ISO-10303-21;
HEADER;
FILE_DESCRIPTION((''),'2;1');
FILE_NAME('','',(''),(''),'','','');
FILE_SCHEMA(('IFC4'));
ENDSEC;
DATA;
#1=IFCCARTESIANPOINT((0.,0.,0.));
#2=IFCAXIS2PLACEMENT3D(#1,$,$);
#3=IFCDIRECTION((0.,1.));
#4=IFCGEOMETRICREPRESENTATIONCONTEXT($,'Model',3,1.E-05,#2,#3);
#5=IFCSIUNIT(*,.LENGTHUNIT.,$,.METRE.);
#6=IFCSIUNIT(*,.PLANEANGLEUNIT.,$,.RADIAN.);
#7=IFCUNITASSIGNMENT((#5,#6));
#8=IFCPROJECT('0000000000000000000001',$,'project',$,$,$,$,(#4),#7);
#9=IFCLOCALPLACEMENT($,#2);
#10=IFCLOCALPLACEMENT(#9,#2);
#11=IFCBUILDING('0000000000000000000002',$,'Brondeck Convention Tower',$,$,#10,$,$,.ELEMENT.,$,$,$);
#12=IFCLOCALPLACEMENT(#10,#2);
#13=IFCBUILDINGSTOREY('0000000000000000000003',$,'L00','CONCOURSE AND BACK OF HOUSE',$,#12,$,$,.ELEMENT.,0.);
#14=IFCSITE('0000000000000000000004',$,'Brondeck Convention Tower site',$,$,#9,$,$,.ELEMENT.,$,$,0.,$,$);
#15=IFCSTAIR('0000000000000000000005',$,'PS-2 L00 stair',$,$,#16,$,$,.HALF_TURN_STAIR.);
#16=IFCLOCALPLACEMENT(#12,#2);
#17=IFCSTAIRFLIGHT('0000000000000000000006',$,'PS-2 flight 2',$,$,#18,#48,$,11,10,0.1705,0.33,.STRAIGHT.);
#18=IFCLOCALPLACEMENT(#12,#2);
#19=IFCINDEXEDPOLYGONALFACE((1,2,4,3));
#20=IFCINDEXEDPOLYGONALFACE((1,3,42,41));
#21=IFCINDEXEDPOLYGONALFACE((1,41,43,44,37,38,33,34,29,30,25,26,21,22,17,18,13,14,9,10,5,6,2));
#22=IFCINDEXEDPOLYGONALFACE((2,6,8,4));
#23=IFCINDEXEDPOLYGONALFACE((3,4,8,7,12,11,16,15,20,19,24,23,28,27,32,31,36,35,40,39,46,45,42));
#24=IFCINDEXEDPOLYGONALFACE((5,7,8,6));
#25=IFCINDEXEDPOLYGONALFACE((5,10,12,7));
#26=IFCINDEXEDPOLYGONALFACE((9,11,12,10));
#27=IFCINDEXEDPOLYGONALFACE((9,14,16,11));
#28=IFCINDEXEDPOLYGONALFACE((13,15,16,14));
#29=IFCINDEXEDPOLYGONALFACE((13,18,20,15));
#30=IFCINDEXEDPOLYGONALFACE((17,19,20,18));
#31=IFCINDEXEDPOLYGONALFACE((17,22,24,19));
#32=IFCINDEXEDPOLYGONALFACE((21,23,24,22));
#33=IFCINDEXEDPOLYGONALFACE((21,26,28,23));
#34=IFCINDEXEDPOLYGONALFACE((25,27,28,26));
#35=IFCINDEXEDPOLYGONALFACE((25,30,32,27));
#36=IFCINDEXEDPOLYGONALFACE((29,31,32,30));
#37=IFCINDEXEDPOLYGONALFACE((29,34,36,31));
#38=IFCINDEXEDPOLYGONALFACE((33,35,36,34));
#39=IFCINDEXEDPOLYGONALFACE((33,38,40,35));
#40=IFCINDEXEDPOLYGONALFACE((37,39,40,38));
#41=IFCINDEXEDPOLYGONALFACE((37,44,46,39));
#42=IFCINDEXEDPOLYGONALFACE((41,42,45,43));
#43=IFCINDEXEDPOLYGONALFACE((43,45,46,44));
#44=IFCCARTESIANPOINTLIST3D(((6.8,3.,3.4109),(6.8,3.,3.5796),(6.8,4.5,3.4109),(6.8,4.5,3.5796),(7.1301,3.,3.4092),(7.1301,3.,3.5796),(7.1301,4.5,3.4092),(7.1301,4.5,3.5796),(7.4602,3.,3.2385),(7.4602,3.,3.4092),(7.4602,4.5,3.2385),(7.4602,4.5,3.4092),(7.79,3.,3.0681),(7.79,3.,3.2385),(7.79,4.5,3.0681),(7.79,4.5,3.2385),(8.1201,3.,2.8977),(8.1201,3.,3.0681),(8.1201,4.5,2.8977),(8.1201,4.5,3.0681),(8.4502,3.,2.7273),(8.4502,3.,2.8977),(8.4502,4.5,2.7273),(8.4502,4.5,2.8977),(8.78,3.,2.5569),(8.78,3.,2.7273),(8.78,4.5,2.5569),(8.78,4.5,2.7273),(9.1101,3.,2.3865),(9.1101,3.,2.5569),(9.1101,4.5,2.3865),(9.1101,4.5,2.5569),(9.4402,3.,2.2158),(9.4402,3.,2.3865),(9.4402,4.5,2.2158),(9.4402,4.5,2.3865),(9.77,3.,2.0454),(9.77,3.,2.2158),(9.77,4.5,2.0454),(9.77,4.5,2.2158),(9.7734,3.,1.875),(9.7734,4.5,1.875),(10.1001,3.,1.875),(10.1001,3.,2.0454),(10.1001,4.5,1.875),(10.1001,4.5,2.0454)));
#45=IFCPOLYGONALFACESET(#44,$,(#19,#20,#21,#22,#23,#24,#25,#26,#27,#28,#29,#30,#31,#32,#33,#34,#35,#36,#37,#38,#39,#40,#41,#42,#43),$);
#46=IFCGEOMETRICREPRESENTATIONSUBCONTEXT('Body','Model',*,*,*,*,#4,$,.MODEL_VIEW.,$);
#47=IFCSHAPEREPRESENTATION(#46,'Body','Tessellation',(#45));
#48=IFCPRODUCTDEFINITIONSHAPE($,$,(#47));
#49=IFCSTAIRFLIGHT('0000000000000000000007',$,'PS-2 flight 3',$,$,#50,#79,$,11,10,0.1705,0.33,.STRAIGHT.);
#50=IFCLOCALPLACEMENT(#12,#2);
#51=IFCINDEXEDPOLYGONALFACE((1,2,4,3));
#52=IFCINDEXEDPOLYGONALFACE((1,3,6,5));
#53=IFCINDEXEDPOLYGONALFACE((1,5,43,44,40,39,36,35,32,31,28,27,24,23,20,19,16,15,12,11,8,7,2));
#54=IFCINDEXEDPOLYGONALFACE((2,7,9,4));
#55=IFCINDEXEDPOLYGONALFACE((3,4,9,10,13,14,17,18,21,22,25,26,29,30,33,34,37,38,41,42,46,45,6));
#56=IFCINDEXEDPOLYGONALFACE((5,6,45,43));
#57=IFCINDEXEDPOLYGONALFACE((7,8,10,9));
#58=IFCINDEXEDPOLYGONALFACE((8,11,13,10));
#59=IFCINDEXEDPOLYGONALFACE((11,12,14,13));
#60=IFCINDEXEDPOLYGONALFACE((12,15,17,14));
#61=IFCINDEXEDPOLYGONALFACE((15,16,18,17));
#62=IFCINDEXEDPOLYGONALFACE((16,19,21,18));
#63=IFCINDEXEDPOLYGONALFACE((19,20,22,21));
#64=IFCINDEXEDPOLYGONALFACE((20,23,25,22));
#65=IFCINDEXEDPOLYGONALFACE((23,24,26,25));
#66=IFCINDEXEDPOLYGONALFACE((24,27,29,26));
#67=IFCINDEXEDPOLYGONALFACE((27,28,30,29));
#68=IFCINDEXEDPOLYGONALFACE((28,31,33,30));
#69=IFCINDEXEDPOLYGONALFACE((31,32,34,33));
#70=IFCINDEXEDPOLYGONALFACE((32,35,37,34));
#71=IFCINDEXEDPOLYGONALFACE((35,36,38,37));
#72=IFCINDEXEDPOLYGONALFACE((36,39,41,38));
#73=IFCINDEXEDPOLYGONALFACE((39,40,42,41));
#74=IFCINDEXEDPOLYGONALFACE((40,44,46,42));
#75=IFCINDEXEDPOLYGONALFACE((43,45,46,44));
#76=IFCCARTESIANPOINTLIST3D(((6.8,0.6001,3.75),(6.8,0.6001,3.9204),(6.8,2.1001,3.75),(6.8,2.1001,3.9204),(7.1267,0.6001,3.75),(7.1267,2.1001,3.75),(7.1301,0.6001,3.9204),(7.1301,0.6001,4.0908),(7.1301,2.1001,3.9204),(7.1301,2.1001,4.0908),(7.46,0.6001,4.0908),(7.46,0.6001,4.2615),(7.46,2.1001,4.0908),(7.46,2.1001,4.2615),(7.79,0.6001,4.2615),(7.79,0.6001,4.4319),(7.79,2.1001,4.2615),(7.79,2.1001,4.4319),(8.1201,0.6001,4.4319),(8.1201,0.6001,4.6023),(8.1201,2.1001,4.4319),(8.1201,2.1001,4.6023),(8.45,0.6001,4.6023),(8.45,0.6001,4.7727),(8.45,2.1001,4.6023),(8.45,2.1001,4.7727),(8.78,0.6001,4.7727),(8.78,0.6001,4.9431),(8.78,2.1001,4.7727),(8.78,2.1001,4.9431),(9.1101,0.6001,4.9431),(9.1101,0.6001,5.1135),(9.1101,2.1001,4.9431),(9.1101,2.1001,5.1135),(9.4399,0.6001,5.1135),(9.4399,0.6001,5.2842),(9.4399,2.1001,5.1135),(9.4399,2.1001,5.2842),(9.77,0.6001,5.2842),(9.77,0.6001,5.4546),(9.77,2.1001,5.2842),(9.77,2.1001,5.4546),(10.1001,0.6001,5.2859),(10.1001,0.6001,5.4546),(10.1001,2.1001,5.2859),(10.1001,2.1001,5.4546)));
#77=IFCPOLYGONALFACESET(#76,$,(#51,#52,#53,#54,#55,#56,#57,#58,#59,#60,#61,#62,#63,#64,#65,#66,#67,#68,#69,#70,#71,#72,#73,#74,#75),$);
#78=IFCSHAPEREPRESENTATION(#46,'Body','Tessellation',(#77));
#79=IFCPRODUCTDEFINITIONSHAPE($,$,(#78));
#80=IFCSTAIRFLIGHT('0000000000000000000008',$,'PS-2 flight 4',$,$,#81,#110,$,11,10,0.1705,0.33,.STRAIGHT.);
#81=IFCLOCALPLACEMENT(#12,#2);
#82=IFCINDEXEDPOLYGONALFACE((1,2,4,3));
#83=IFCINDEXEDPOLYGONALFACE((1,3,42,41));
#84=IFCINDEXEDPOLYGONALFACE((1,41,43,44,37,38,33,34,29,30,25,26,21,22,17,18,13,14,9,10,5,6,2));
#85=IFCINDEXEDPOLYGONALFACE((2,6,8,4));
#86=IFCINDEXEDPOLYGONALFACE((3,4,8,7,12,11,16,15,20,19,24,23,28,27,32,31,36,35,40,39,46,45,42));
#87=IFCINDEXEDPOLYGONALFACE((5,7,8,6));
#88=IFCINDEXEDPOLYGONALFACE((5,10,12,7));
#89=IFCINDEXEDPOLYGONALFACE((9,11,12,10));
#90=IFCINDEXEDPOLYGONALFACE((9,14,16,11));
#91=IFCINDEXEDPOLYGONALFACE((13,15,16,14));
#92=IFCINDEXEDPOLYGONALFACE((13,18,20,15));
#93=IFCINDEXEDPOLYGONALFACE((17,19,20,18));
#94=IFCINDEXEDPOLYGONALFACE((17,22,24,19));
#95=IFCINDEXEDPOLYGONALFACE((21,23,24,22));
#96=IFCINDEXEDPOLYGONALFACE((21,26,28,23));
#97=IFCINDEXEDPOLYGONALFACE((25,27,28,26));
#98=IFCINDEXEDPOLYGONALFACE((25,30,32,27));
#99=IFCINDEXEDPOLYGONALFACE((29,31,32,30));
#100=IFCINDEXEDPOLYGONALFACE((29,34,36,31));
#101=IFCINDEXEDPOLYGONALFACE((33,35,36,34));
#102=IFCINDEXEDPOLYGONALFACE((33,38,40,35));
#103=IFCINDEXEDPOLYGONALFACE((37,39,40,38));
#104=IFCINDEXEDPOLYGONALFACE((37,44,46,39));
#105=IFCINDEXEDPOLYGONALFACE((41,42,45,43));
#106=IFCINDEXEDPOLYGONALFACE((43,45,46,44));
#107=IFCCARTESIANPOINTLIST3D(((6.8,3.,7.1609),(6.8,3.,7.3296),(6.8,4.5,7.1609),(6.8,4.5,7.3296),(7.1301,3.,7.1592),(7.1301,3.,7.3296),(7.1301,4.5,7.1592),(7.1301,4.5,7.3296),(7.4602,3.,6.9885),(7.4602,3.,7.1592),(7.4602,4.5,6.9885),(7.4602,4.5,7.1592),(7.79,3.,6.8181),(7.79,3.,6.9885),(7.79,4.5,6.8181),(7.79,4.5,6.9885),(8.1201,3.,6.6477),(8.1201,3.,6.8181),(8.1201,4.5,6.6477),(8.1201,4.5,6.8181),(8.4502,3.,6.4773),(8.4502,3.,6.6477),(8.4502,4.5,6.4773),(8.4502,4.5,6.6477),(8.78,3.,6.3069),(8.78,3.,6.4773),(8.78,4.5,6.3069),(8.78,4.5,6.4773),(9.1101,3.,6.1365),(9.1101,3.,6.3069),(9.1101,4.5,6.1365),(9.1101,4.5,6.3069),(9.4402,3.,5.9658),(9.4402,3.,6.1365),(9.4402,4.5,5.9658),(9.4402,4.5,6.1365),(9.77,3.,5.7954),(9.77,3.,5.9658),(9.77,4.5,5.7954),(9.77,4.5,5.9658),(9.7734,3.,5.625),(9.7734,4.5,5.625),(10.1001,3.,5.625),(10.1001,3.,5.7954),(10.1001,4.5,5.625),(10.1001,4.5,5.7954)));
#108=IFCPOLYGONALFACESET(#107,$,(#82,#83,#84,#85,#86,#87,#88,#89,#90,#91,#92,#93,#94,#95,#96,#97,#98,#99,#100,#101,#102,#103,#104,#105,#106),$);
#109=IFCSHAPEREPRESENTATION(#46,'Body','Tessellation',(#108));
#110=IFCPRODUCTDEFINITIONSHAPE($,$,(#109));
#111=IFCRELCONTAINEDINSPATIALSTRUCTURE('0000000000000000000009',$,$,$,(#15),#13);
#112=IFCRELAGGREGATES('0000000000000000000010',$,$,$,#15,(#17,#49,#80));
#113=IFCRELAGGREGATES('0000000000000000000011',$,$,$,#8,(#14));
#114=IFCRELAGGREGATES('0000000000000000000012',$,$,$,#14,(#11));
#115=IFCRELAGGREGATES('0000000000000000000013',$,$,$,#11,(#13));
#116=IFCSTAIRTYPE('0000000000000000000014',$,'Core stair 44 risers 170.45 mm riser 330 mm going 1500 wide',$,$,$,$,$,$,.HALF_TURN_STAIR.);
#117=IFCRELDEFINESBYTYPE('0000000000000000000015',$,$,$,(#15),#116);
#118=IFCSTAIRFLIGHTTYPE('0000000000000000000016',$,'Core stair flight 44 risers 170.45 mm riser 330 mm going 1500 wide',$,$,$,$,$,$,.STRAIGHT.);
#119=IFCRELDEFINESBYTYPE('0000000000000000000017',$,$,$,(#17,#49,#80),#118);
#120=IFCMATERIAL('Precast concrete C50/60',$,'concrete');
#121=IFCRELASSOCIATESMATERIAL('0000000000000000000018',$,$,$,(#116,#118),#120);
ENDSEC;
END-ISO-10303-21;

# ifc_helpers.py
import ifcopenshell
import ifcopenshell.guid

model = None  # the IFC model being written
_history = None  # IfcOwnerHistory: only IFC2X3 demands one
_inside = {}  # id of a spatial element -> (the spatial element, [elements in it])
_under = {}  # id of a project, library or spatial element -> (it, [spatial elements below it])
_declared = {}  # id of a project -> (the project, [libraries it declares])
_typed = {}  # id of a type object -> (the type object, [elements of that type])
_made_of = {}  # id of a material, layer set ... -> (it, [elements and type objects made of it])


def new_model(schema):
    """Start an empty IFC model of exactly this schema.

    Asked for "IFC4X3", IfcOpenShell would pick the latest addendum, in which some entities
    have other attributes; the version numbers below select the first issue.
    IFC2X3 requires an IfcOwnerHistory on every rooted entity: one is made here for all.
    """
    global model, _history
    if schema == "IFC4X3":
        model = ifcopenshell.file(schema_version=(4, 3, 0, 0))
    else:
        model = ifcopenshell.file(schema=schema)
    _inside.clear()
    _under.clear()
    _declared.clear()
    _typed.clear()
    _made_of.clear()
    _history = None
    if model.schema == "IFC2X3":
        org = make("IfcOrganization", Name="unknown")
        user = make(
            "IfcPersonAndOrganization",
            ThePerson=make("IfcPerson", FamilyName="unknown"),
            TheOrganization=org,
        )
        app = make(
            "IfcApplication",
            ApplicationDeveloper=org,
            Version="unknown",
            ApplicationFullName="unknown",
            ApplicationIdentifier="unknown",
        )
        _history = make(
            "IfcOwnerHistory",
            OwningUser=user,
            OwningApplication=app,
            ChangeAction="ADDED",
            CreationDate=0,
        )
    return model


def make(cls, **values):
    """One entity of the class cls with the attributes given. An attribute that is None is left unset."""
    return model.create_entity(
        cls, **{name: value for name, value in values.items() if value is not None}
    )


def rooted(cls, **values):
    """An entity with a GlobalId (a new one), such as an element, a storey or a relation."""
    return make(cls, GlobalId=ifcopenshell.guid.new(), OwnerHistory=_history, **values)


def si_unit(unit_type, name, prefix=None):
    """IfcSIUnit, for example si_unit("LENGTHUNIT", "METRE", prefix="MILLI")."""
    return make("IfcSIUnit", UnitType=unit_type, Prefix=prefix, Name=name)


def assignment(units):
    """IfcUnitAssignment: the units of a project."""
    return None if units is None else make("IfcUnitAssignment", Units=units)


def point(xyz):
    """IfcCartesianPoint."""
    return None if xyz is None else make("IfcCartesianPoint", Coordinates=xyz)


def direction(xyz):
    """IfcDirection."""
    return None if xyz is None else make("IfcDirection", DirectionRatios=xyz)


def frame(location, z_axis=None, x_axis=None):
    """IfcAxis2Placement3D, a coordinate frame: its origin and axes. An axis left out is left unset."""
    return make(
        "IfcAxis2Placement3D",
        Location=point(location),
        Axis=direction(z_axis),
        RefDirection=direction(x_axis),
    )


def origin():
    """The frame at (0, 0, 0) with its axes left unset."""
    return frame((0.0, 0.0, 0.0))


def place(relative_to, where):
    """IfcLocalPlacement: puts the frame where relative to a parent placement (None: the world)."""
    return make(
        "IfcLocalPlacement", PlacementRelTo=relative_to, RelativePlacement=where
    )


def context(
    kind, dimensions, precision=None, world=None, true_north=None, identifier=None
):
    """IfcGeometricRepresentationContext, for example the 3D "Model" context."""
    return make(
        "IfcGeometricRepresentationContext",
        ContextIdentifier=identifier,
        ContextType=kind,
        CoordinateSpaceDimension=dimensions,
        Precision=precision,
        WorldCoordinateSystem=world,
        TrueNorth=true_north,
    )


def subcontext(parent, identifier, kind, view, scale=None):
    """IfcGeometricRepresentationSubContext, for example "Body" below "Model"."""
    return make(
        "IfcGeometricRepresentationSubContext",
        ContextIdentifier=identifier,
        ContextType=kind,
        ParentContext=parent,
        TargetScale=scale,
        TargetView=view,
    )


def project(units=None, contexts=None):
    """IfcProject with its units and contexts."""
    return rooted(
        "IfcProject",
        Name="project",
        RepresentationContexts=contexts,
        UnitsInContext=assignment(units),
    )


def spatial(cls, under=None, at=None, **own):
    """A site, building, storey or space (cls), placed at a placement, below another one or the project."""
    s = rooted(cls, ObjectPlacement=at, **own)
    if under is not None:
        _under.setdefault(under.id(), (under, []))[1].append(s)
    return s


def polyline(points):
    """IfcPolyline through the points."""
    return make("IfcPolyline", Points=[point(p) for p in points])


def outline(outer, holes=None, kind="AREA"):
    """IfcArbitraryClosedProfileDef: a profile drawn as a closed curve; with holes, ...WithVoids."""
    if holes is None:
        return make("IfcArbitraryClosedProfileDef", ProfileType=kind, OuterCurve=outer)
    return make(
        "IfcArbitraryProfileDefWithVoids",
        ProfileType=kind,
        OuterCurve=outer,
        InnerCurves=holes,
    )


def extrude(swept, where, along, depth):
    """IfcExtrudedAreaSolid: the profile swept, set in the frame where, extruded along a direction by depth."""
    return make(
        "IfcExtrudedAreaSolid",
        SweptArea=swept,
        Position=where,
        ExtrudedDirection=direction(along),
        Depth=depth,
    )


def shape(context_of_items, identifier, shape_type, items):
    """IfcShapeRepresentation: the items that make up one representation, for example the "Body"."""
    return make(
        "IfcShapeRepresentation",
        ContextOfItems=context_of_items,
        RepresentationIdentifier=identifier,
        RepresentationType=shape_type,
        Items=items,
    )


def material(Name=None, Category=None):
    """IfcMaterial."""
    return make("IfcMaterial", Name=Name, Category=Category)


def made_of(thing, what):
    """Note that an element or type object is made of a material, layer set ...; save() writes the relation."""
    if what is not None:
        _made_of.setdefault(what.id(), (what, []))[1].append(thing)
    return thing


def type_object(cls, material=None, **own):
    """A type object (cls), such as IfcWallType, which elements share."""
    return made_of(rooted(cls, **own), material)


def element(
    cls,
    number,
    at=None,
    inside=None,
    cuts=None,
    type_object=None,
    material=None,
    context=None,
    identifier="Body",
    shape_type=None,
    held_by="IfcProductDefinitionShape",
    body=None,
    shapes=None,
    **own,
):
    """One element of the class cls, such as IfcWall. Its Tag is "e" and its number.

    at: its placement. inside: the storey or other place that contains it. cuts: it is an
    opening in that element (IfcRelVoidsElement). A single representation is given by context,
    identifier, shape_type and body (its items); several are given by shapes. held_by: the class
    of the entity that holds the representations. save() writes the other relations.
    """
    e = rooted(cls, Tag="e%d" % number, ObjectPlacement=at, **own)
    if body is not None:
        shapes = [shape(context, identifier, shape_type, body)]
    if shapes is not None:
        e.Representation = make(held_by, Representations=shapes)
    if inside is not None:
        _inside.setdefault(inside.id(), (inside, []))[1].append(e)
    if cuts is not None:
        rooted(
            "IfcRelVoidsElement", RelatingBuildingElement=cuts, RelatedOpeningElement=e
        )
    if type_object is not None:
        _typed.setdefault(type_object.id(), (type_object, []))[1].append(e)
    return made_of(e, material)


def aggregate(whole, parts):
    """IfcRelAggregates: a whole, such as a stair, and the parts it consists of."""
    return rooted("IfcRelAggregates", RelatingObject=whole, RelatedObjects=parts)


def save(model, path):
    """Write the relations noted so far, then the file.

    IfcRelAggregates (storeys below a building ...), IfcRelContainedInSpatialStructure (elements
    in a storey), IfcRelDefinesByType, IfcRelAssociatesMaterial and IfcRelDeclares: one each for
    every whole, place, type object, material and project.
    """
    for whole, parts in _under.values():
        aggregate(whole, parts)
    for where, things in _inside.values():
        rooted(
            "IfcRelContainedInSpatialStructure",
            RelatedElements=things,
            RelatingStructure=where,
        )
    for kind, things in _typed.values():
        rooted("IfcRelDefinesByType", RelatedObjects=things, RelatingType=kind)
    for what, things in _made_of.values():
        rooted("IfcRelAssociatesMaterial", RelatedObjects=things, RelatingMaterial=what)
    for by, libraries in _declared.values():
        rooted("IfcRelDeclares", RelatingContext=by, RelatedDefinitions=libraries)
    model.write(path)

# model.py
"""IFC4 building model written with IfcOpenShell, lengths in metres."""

from ifc_helpers import new_model, si_unit, direction, frame, origin, place, context, subcontext, project, spatial, polyline, outline, extrude, material, type_object, element, aggregate, save


model = new_model("IFC4")

# Units and contexts
model_context = context("Model", 3, precision=1e-05, world=origin(), true_north=direction((0.0, 1.0)))
body_context = subcontext(model_context, "Body", "Model", "MODEL_VIEW")
ifc_project = project(units=[si_unit("LENGTHUNIT", "METRE"), si_unit("PLANEANGLEUNIT", "RADIAN")], contexts=[model_context])

# Site, building, storey
site_placement = place(None, origin())
site = spatial("IfcSite", under=ifc_project, at=site_placement, Name="Brondeck Convention Tower site", CompositionType="ELEMENT", RefElevation=0.0)
building_placement = place(site_placement, origin())
building = spatial("IfcBuilding", under=site, at=building_placement, Name="Brondeck Convention Tower", CompositionType="ELEMENT")
storey_placement = place(building_placement, origin())
storey = spatial("IfcBuildingStorey", under=building, at=storey_placement, Name="L00", Description="CONCOURSE AND BACK OF HOUSE", CompositionType="ELEMENT", Elevation=0.0)

# Stair, stair flights
ifc_material_1 = material(Name="Precast concrete C50/60", Category="concrete")
stair_type = type_object("IfcStairType", Name="Core stair 44 risers 170.45 mm riser 330 mm going 1500 wide", PredefinedType="HALF_TURN_STAIR", material=ifc_material_1)
stair_placement = place(storey_placement, origin())
stair = element("IfcStair", 1, at=stair_placement, inside=storey, type_object=stair_type, Name="PS-2 L00 stair", PredefinedType="HALF_TURN_STAIR")
stair_flight_type = type_object("IfcStairFlightType", Name="Core stair flight 44 risers 170.45 mm riser 330 mm going 1500 wide", PredefinedType="STRAIGHT", material=ifc_material_1)
stair_flight_1_placement = place(storey_placement, frame((10.1001, 3.75, 1.875), z_axis=(0.0, 0.0, 1.0), x_axis=(-1.0, 0.0, 0.0)))
stair_flight_1 = element("IfcStairFlight", 2, at=stair_flight_1_placement, type_object=stair_flight_type, Name="PS-2 flight 2", NumberOfRisers=11, NumberOfTreads=10, PredefinedType="STRAIGHT", RiserHeight=0.1705, TreadLength=0.33, context=body_context, shape_type="SweptSolid", body=[
    extrude(outline(polyline([(0.0, 0.0), (0.0, 0.1704), (0.3301, 0.1704), (0.3301, 0.3408), (0.6599, 0.3408), (0.6599, 0.5115), (0.99, 0.5115), (0.99, 0.6819), (1.3201, 0.6819), (1.3201, 0.8523), (1.6499, 0.8523), (1.6499, 1.0227), (1.98, 1.0227), (1.98, 1.1931), (2.3101, 1.1931), (2.3101, 1.3635), (2.6399, 1.3635), (2.6399, 1.5342), (2.97, 1.5342), (2.97, 1.7046), (3.3, 1.7046), (3.3, 1.875), (3.3, 1.5359), (0.3267, 0.0), (0.0, 0.0)])), frame((0.0, 0.75, 0.0), z_axis=(0.0, -1.0, 0.0), x_axis=(1.0, 0.0, 0.0)), (0.0, 0.0, 1.0), 1.5),
])
stair_flight_2_placement = place(storey_placement, frame((6.8, 1.3501, 3.75), z_axis=(0.0, 0.0, 1.0), x_axis=(1.0, 0.0, 0.0)))
stair_flight_2 = element("IfcStairFlight", 3, at=stair_flight_2_placement, type_object=stair_flight_type, Name="PS-2 flight 3", NumberOfRisers=11, NumberOfTreads=10, PredefinedType="STRAIGHT", RiserHeight=0.1705, TreadLength=0.33, context=body_context, shape_type="SweptSolid", body=[
    extrude(outline(polyline([(0.0, 0.0), (0.0, 0.1704), (0.3301, 0.1704), (0.3301, 0.3408), (0.6599, 0.3408), (0.6599, 0.5115), (0.99, 0.5115), (0.99, 0.6819), (1.3201, 0.6819), (1.3201, 0.8523), (1.6499, 0.8523), (1.6499, 1.0227), (1.98, 1.0227), (1.98, 1.1931), (2.3101, 1.1931), (2.3101, 1.3635), (2.6399, 1.3635), (2.6399, 1.5342), (2.97, 1.5342), (2.97, 1.7046), (3.3, 1.7046), (3.3, 1.875), (3.3, 1.5359), (0.3267, 0.0), (0.0, 0.0)])), frame((0.0, 0.75, 0.0), z_axis=(0.0, -1.0, 0.0), x_axis=(1.0, 0.0, 0.0)), (0.0, 0.0, 1.0), 1.5),
])
stair_flight_3_placement = place(storey_placement, frame((10.1001, 3.75, 5.625), z_axis=(0.0, 0.0, 1.0), x_axis=(-1.0, 0.0, 0.0)))
stair_flight_3 = element("IfcStairFlight", 4, at=stair_flight_3_placement, type_object=stair_flight_type, Name="PS-2 flight 4", NumberOfRisers=11, NumberOfTreads=10, PredefinedType="STRAIGHT", RiserHeight=0.1705, TreadLength=0.33, context=body_context, shape_type="SweptSolid", body=[
    extrude(outline(polyline([(0.0, 0.0), (0.0, 0.1704), (0.3301, 0.1704), (0.3301, 0.3408), (0.6599, 0.3408), (0.6599, 0.5115), (0.99, 0.5115), (0.99, 0.6819), (1.3201, 0.6819), (1.3201, 0.8523), (1.6499, 0.8523), (1.6499, 1.0227), (1.98, 1.0227), (1.98, 1.1931), (2.3101, 1.1931), (2.3101, 1.3635), (2.6399, 1.3635), (2.6399, 1.5342), (2.97, 1.5342), (2.97, 1.7046), (3.3, 1.7046), (3.3, 1.875), (3.3, 1.5359), (0.3267, 0.0), (0.0, 0.0)])), frame((0.0, 0.75, 0.0), z_axis=(0.0, -1.0, 0.0), x_axis=(1.0, 0.0, 0.0)), (0.0, 0.0, 1.0), 1.5),
])
aggregate(stair, [stair_flight_1, stair_flight_2, stair_flight_3])

save(model, "model.ifc")
